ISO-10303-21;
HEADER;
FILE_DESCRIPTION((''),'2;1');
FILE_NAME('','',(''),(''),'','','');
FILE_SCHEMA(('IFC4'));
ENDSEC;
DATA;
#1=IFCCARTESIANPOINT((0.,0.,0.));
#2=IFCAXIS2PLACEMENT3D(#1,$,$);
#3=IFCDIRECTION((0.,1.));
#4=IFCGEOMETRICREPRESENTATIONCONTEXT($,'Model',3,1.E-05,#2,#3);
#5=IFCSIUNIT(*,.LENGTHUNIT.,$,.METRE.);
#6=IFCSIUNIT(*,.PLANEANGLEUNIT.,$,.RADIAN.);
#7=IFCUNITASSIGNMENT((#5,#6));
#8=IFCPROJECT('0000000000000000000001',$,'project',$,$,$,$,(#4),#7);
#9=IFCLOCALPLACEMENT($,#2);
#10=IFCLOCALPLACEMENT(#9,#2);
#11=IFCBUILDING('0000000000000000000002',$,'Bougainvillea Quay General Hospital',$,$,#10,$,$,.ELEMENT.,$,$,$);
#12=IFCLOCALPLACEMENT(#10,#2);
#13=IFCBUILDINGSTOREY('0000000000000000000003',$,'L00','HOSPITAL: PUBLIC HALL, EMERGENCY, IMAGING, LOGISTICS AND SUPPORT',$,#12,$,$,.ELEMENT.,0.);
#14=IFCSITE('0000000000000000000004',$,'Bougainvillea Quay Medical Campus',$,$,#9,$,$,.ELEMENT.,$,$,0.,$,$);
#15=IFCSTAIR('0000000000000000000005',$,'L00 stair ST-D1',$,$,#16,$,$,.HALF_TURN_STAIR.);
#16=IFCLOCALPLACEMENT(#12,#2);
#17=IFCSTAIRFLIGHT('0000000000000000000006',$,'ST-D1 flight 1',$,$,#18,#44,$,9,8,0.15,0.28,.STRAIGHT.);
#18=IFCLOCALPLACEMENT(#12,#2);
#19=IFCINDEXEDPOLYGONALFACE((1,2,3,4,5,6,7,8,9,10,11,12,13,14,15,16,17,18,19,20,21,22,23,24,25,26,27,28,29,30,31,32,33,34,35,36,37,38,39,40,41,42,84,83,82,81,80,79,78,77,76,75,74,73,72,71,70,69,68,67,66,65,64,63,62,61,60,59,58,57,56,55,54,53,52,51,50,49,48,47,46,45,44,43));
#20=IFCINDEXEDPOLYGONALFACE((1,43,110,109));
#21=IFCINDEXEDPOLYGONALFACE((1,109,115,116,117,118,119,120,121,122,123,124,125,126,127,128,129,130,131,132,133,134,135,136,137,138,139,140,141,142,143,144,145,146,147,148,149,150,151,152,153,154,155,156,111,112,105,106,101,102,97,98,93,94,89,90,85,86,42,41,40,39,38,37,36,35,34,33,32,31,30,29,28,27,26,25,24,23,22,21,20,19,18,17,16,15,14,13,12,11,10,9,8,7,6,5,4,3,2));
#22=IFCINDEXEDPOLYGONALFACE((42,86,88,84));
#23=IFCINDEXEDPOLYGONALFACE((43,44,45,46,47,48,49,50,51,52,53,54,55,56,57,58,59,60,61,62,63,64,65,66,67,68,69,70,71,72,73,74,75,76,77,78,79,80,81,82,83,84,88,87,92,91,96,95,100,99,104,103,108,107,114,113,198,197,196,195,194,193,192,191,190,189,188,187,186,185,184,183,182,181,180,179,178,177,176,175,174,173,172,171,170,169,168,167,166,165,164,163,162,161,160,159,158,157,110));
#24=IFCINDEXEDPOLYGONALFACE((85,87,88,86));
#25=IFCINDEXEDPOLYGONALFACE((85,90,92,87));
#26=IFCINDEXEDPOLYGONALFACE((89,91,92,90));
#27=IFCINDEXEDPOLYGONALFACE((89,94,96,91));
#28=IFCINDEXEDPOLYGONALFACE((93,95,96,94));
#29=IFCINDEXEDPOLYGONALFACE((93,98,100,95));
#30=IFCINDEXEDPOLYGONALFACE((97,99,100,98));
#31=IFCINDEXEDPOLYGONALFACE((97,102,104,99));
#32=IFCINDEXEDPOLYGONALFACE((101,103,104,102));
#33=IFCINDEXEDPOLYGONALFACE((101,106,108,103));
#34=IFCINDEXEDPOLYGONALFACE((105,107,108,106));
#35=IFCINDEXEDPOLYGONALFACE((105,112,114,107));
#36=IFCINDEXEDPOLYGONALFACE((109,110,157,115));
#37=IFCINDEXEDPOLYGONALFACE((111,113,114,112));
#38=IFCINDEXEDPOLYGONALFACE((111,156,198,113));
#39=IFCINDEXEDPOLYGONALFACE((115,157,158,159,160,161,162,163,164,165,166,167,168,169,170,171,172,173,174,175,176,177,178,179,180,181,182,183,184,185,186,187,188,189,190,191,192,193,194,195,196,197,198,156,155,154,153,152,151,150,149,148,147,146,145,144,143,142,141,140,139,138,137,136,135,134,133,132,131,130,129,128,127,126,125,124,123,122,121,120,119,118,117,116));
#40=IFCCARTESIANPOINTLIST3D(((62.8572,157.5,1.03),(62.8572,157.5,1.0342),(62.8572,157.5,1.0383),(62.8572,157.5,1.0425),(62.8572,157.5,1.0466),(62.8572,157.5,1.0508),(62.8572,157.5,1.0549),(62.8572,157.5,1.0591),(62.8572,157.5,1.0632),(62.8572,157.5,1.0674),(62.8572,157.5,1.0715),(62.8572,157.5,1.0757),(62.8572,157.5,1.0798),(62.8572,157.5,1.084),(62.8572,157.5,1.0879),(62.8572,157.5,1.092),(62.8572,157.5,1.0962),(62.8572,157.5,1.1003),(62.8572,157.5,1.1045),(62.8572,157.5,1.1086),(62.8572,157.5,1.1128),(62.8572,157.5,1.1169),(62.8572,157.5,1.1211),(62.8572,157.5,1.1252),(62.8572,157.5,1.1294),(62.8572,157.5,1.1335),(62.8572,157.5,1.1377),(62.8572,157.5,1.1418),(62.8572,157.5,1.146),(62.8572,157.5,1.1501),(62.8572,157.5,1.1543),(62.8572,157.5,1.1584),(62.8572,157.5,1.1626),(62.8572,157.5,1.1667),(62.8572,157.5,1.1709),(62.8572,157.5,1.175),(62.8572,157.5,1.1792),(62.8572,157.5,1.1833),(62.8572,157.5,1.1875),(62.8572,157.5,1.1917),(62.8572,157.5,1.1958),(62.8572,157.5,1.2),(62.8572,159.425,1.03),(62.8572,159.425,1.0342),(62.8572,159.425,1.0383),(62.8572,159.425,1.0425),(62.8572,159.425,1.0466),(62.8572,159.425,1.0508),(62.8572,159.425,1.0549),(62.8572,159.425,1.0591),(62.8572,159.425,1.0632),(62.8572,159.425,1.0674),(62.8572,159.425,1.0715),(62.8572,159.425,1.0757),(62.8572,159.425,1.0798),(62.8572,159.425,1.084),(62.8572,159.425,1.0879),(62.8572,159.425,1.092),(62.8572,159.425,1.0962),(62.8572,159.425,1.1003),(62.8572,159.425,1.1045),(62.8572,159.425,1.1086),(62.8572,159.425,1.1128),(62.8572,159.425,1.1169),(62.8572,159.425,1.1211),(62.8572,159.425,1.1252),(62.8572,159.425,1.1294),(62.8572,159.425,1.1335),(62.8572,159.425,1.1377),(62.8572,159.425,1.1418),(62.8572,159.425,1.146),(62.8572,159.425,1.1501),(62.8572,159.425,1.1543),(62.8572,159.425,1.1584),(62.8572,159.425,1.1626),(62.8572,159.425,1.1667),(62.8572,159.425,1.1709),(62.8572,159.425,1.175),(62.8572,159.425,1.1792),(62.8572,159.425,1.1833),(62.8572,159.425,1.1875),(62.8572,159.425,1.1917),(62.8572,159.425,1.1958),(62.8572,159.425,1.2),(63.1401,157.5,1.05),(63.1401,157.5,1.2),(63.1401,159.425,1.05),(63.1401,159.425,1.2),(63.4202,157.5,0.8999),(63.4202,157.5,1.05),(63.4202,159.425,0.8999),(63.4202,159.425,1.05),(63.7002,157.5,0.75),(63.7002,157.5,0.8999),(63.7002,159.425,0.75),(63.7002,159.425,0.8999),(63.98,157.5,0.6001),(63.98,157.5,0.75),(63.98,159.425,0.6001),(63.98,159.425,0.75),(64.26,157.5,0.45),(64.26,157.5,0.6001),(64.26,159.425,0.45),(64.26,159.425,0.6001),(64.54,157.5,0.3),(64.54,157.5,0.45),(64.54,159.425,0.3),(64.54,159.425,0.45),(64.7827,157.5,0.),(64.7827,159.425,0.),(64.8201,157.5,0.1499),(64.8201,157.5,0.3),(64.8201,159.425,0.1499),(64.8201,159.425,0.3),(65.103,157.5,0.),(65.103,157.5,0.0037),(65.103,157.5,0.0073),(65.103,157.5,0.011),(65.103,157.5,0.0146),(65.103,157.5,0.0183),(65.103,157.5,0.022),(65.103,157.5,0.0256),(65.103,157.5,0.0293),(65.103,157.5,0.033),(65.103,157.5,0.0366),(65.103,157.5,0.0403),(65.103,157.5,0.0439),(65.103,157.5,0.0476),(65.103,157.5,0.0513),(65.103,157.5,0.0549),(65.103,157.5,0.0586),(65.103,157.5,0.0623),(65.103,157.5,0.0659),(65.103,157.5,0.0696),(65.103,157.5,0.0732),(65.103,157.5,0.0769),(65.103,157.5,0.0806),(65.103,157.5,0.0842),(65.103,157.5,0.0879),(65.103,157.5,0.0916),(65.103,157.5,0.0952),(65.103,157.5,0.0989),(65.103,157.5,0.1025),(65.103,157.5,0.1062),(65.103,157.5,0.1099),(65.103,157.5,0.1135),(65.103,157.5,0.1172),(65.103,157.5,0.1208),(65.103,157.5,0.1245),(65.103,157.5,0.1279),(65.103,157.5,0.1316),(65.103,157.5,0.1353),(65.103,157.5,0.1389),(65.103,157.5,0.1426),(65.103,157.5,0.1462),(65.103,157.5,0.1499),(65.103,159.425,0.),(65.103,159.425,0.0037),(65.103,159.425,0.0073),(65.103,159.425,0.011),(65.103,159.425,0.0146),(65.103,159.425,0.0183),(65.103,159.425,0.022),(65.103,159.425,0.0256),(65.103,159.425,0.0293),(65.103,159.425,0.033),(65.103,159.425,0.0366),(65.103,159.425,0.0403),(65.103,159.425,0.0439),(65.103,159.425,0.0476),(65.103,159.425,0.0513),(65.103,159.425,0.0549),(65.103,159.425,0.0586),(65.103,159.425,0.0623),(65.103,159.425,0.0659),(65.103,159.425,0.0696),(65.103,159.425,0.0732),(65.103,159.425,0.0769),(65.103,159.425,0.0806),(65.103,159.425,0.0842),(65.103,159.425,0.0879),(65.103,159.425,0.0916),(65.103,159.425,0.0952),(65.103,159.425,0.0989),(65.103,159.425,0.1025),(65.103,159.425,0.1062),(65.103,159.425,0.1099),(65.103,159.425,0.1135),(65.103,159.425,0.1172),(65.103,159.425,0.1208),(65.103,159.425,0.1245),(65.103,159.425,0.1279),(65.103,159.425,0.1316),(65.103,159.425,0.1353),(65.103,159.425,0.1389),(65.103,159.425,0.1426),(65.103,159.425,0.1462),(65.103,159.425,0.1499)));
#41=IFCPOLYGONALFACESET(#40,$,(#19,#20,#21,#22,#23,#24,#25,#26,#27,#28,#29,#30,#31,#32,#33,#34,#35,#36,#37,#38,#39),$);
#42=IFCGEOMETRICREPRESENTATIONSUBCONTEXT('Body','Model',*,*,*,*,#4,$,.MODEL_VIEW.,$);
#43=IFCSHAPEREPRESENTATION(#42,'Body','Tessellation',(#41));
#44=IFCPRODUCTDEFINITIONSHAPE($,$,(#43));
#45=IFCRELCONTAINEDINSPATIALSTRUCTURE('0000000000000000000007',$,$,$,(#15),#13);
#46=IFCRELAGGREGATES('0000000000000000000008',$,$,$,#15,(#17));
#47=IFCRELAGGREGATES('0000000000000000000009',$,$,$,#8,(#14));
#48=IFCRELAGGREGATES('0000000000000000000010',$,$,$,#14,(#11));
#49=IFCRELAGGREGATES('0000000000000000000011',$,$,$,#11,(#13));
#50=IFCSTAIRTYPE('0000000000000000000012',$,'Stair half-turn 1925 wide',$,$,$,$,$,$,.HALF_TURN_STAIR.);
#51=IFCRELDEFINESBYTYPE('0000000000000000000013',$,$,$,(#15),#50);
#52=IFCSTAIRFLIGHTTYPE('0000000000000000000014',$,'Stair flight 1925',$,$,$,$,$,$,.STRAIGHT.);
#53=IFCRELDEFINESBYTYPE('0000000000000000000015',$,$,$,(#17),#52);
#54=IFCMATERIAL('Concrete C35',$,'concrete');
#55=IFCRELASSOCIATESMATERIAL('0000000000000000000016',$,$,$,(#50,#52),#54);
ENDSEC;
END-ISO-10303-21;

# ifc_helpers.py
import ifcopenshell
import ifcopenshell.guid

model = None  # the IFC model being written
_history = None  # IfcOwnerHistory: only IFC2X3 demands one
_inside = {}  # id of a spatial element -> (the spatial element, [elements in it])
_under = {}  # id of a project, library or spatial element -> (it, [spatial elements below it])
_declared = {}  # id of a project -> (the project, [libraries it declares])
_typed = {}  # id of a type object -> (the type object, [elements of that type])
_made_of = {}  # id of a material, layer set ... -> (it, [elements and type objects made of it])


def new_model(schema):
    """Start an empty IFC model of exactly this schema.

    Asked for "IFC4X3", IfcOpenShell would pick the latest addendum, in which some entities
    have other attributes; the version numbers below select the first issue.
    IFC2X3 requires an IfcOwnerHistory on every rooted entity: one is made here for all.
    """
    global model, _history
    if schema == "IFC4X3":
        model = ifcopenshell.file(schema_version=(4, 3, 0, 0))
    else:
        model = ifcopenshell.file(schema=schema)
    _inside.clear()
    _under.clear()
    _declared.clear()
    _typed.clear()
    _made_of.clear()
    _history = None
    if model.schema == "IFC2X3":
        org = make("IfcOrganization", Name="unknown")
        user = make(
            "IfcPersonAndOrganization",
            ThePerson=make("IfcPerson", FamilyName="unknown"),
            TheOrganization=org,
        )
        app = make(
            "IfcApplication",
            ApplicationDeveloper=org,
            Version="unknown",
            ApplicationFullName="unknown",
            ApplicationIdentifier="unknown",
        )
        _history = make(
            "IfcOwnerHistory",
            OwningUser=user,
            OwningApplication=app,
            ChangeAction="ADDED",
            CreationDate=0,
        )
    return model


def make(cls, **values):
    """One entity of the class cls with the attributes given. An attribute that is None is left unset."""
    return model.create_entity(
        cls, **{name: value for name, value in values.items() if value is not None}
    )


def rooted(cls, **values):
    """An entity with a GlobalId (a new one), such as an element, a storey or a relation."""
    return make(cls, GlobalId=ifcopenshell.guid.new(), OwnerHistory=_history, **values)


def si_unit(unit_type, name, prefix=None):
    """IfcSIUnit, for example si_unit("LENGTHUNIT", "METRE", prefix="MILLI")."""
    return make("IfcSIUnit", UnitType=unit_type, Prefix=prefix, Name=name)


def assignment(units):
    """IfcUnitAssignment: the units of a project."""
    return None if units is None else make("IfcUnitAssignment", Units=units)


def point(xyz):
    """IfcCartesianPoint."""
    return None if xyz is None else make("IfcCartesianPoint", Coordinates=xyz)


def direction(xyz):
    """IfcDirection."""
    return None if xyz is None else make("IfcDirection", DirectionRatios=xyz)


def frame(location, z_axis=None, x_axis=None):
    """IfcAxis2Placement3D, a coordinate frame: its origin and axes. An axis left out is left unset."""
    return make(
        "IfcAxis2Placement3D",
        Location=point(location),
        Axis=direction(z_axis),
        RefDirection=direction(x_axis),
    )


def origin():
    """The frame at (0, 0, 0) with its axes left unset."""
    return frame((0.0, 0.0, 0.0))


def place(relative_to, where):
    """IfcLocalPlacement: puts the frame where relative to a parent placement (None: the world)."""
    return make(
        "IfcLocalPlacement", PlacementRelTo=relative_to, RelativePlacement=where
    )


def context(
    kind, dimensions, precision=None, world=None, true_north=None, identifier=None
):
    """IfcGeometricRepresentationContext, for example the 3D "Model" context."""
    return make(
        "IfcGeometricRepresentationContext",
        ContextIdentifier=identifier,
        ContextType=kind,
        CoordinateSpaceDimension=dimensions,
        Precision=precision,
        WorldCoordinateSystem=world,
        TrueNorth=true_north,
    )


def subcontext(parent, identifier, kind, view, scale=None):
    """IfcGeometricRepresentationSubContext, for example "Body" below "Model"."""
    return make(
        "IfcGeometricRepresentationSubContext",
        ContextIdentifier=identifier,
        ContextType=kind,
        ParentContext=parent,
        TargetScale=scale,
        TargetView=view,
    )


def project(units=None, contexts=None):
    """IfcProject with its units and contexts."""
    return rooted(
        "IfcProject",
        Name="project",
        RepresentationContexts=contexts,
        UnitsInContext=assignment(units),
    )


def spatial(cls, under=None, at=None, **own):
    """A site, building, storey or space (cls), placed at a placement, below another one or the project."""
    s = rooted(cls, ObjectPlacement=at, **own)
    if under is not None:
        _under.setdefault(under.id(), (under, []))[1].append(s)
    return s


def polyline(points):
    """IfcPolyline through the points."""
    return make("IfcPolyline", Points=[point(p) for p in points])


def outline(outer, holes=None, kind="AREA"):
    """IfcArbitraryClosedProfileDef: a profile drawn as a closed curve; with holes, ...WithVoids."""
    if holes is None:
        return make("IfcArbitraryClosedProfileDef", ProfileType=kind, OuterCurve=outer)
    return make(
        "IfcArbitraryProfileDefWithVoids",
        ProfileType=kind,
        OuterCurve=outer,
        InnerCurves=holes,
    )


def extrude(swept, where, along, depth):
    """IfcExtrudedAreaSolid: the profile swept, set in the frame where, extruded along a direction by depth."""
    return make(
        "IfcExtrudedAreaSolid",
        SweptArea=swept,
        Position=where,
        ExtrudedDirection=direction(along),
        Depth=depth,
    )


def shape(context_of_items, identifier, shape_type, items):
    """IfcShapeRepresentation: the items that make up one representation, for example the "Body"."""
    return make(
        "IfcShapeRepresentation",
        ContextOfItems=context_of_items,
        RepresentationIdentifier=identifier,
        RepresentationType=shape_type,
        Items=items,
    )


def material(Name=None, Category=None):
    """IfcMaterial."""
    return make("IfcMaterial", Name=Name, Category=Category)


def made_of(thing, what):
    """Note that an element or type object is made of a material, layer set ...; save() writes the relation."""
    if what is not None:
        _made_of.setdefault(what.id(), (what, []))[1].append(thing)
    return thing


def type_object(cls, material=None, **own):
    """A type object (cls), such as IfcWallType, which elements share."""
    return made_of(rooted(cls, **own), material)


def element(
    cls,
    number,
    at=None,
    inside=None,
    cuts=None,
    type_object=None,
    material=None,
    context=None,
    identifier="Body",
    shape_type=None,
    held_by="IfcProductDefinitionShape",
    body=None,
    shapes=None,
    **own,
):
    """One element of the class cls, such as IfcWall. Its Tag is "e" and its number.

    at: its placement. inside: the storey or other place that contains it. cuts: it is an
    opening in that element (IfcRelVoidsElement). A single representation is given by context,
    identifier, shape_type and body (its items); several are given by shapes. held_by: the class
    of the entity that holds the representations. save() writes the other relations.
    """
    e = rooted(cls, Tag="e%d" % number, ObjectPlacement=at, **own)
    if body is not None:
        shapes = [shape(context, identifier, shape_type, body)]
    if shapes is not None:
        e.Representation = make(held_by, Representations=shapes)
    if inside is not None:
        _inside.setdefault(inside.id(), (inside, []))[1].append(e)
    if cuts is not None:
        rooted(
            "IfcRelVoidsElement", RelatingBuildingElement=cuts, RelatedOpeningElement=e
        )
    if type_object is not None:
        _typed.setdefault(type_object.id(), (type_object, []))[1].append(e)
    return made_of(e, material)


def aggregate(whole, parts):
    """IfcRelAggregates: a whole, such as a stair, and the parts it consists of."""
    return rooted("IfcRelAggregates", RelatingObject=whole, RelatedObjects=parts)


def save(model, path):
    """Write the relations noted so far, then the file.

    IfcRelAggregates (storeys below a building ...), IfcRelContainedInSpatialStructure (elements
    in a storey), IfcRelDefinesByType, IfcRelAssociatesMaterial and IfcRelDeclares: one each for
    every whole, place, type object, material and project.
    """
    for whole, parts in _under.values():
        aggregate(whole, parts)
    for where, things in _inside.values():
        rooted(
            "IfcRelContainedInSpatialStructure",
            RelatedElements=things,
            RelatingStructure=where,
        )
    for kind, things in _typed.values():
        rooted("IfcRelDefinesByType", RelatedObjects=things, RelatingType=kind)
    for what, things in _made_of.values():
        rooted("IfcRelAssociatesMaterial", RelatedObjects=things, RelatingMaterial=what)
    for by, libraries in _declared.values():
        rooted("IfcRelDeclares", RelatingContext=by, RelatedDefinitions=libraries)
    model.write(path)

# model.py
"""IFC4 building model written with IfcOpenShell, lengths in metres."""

from ifc_helpers import new_model, si_unit, direction, frame, origin, place, context, subcontext, project, spatial, polyline, outline, extrude, material, type_object, element, aggregate, save


model = new_model("IFC4")

# Units and contexts
model_context = context("Model", 3, precision=1e-05, world=origin(), true_north=direction((0.0, 1.0)))
body_context = subcontext(model_context, "Body", "Model", "MODEL_VIEW")
ifc_project = project(units=[si_unit("LENGTHUNIT", "METRE"), si_unit("PLANEANGLEUNIT", "RADIAN")], contexts=[model_context])

# Site, building, storey
site_placement = place(None, origin())
site = spatial("IfcSite", under=ifc_project, at=site_placement, Name="Bougainvillea Quay Medical Campus", CompositionType="ELEMENT", RefElevation=0.0)
building_placement = place(site_placement, origin())
building = spatial("IfcBuilding", under=site, at=building_placement, Name="Bougainvillea Quay General Hospital", CompositionType="ELEMENT")
storey_placement = place(building_placement, origin())
storey = spatial("IfcBuildingStorey", under=building, at=storey_placement, Name="L00", Description="HOSPITAL: PUBLIC HALL, EMERGENCY, IMAGING, LOGISTICS AND SUPPORT", CompositionType="ELEMENT", Elevation=0.0)

# Stair, stair flight
ifc_material_1 = material(Name="Concrete C35", Category="concrete")
stair_type = type_object("IfcStairType", Name="Stair half-turn 1925 wide", PredefinedType="HALF_TURN_STAIR", material=ifc_material_1)
stair_placement = place(storey_placement, origin())
stair = element("IfcStair", 1, at=stair_placement, inside=storey, type_object=stair_type, Name="L00 stair ST-D1", PredefinedType="HALF_TURN_STAIR")
stair_flight_type = type_object("IfcStairFlightType", Name="Stair flight 1925", PredefinedType="STRAIGHT", material=ifc_material_1)
stair_flight_1_placement = place(storey_placement, frame((65.1001, 158.4624, 0.0), z_axis=(0.0, 0.0, 1.0), x_axis=(-1.0, 0.0, 0.0)))
stair_flight_1 = element("IfcStairFlight", 2, at=stair_flight_1_placement, type_object=stair_flight_type, Name="ST-D1 flight 1", NumberOfRisers=9, NumberOfTreads=8, PredefinedType="STRAIGHT", RiserHeight=0.15, TreadLength=0.28, context=body_context, shape_type="SweptSolid", body=[
    extrude(outline(polyline([(-0.0029, 0.0), (-0.0029, 0.0037), (-0.0029, 0.0073), (-0.0029, 0.011), (-0.0029, 0.0146), (-0.0029, 0.0183), (-0.0029, 0.022), (-0.0029, 0.0256), (-0.0029, 0.0293), (-0.0029, 0.033), (-0.0029, 0.0366), (-0.0029, 0.0403), (-0.0029, 0.0439), (-0.0029, 0.0476), (-0.0029, 0.0513), (-0.0029, 0.0549), (-0.0029, 0.0586), (-0.0029, 0.0623), (-0.0029, 0.0659), (-0.0029, 0.0696), (-0.0029, 0.0732), (-0.0029, 0.0769), (-0.0029, 0.0806), (-0.0029, 0.0842), (-0.0029, 0.0879), (-0.0029, 0.0916), (-0.0029, 0.0952), (-0.0029, 0.0989), (-0.0029, 0.1025), (-0.0029, 0.1062), (-0.0029, 0.1099), (-0.0029, 0.1135), (-0.0029, 0.1172), (-0.0029, 0.1208), (-0.0029, 0.1245), (-0.0029, 0.1279), (-0.0029, 0.1316), (-0.0029, 0.1353), (-0.0029, 0.1389), (-0.0029, 0.1426), (-0.0029, 0.1462), (-0.0029, 0.1499), (0.28, 0.1499), (0.28, 0.3), (0.5601, 0.3), (0.5601, 0.45), (0.8401, 0.45), (0.8401, 0.6001), (1.1201, 0.6001), (1.1201, 0.75), (1.3999, 0.75), (1.3999, 0.8999), (1.6799, 0.8999), (1.6799, 1.05), (1.96, 1.05), (1.96, 1.2), (2.2429, 1.2), (2.2429, 1.1958), (2.2429, 1.1917), (2.2429, 1.1875), (2.2429, 1.1833), (2.2429, 1.1792), (2.2429, 1.175), (2.2429, 1.1709), (2.2429, 1.1667), (2.2429, 1.1626), (2.2429, 1.1584), (2.2429, 1.1543), (2.2429, 1.1501), (2.2429, 1.146), (2.2429, 1.1418), (2.2429, 1.1377), (2.2429, 1.1335), (2.2429, 1.1294), (2.2429, 1.1252), (2.2429, 1.1211), (2.2429, 1.1169), (2.2429, 1.1128), (2.2429, 1.1086), (2.2429, 1.1045), (2.2429, 1.1003), (2.2429, 1.0962), (2.2429, 1.092), (2.2429, 1.0879), (2.2429, 1.084), (2.2429, 1.0798), (2.2429, 1.0757), (2.2429, 1.0715), (2.2429, 1.0674), (2.2429, 1.0632), (2.2429, 1.0591), (2.2429, 1.0549), (2.2429, 1.0508), (2.2429, 1.0466), (2.2429, 1.0425), (2.2429, 1.0383), (2.2429, 1.0342), (2.2429, 1.03), (0.3174, 0.0), (-0.0029, 0.0)])), frame((0.0, 0.9624, 0.0), z_axis=(0.0, -1.0, 0.0), x_axis=(1.0, 0.0, 0.0)), (0.0, 0.0, 1.0), 1.925),
])
aggregate(stair, [stair_flight_1])

save(model, "model.ifc")
